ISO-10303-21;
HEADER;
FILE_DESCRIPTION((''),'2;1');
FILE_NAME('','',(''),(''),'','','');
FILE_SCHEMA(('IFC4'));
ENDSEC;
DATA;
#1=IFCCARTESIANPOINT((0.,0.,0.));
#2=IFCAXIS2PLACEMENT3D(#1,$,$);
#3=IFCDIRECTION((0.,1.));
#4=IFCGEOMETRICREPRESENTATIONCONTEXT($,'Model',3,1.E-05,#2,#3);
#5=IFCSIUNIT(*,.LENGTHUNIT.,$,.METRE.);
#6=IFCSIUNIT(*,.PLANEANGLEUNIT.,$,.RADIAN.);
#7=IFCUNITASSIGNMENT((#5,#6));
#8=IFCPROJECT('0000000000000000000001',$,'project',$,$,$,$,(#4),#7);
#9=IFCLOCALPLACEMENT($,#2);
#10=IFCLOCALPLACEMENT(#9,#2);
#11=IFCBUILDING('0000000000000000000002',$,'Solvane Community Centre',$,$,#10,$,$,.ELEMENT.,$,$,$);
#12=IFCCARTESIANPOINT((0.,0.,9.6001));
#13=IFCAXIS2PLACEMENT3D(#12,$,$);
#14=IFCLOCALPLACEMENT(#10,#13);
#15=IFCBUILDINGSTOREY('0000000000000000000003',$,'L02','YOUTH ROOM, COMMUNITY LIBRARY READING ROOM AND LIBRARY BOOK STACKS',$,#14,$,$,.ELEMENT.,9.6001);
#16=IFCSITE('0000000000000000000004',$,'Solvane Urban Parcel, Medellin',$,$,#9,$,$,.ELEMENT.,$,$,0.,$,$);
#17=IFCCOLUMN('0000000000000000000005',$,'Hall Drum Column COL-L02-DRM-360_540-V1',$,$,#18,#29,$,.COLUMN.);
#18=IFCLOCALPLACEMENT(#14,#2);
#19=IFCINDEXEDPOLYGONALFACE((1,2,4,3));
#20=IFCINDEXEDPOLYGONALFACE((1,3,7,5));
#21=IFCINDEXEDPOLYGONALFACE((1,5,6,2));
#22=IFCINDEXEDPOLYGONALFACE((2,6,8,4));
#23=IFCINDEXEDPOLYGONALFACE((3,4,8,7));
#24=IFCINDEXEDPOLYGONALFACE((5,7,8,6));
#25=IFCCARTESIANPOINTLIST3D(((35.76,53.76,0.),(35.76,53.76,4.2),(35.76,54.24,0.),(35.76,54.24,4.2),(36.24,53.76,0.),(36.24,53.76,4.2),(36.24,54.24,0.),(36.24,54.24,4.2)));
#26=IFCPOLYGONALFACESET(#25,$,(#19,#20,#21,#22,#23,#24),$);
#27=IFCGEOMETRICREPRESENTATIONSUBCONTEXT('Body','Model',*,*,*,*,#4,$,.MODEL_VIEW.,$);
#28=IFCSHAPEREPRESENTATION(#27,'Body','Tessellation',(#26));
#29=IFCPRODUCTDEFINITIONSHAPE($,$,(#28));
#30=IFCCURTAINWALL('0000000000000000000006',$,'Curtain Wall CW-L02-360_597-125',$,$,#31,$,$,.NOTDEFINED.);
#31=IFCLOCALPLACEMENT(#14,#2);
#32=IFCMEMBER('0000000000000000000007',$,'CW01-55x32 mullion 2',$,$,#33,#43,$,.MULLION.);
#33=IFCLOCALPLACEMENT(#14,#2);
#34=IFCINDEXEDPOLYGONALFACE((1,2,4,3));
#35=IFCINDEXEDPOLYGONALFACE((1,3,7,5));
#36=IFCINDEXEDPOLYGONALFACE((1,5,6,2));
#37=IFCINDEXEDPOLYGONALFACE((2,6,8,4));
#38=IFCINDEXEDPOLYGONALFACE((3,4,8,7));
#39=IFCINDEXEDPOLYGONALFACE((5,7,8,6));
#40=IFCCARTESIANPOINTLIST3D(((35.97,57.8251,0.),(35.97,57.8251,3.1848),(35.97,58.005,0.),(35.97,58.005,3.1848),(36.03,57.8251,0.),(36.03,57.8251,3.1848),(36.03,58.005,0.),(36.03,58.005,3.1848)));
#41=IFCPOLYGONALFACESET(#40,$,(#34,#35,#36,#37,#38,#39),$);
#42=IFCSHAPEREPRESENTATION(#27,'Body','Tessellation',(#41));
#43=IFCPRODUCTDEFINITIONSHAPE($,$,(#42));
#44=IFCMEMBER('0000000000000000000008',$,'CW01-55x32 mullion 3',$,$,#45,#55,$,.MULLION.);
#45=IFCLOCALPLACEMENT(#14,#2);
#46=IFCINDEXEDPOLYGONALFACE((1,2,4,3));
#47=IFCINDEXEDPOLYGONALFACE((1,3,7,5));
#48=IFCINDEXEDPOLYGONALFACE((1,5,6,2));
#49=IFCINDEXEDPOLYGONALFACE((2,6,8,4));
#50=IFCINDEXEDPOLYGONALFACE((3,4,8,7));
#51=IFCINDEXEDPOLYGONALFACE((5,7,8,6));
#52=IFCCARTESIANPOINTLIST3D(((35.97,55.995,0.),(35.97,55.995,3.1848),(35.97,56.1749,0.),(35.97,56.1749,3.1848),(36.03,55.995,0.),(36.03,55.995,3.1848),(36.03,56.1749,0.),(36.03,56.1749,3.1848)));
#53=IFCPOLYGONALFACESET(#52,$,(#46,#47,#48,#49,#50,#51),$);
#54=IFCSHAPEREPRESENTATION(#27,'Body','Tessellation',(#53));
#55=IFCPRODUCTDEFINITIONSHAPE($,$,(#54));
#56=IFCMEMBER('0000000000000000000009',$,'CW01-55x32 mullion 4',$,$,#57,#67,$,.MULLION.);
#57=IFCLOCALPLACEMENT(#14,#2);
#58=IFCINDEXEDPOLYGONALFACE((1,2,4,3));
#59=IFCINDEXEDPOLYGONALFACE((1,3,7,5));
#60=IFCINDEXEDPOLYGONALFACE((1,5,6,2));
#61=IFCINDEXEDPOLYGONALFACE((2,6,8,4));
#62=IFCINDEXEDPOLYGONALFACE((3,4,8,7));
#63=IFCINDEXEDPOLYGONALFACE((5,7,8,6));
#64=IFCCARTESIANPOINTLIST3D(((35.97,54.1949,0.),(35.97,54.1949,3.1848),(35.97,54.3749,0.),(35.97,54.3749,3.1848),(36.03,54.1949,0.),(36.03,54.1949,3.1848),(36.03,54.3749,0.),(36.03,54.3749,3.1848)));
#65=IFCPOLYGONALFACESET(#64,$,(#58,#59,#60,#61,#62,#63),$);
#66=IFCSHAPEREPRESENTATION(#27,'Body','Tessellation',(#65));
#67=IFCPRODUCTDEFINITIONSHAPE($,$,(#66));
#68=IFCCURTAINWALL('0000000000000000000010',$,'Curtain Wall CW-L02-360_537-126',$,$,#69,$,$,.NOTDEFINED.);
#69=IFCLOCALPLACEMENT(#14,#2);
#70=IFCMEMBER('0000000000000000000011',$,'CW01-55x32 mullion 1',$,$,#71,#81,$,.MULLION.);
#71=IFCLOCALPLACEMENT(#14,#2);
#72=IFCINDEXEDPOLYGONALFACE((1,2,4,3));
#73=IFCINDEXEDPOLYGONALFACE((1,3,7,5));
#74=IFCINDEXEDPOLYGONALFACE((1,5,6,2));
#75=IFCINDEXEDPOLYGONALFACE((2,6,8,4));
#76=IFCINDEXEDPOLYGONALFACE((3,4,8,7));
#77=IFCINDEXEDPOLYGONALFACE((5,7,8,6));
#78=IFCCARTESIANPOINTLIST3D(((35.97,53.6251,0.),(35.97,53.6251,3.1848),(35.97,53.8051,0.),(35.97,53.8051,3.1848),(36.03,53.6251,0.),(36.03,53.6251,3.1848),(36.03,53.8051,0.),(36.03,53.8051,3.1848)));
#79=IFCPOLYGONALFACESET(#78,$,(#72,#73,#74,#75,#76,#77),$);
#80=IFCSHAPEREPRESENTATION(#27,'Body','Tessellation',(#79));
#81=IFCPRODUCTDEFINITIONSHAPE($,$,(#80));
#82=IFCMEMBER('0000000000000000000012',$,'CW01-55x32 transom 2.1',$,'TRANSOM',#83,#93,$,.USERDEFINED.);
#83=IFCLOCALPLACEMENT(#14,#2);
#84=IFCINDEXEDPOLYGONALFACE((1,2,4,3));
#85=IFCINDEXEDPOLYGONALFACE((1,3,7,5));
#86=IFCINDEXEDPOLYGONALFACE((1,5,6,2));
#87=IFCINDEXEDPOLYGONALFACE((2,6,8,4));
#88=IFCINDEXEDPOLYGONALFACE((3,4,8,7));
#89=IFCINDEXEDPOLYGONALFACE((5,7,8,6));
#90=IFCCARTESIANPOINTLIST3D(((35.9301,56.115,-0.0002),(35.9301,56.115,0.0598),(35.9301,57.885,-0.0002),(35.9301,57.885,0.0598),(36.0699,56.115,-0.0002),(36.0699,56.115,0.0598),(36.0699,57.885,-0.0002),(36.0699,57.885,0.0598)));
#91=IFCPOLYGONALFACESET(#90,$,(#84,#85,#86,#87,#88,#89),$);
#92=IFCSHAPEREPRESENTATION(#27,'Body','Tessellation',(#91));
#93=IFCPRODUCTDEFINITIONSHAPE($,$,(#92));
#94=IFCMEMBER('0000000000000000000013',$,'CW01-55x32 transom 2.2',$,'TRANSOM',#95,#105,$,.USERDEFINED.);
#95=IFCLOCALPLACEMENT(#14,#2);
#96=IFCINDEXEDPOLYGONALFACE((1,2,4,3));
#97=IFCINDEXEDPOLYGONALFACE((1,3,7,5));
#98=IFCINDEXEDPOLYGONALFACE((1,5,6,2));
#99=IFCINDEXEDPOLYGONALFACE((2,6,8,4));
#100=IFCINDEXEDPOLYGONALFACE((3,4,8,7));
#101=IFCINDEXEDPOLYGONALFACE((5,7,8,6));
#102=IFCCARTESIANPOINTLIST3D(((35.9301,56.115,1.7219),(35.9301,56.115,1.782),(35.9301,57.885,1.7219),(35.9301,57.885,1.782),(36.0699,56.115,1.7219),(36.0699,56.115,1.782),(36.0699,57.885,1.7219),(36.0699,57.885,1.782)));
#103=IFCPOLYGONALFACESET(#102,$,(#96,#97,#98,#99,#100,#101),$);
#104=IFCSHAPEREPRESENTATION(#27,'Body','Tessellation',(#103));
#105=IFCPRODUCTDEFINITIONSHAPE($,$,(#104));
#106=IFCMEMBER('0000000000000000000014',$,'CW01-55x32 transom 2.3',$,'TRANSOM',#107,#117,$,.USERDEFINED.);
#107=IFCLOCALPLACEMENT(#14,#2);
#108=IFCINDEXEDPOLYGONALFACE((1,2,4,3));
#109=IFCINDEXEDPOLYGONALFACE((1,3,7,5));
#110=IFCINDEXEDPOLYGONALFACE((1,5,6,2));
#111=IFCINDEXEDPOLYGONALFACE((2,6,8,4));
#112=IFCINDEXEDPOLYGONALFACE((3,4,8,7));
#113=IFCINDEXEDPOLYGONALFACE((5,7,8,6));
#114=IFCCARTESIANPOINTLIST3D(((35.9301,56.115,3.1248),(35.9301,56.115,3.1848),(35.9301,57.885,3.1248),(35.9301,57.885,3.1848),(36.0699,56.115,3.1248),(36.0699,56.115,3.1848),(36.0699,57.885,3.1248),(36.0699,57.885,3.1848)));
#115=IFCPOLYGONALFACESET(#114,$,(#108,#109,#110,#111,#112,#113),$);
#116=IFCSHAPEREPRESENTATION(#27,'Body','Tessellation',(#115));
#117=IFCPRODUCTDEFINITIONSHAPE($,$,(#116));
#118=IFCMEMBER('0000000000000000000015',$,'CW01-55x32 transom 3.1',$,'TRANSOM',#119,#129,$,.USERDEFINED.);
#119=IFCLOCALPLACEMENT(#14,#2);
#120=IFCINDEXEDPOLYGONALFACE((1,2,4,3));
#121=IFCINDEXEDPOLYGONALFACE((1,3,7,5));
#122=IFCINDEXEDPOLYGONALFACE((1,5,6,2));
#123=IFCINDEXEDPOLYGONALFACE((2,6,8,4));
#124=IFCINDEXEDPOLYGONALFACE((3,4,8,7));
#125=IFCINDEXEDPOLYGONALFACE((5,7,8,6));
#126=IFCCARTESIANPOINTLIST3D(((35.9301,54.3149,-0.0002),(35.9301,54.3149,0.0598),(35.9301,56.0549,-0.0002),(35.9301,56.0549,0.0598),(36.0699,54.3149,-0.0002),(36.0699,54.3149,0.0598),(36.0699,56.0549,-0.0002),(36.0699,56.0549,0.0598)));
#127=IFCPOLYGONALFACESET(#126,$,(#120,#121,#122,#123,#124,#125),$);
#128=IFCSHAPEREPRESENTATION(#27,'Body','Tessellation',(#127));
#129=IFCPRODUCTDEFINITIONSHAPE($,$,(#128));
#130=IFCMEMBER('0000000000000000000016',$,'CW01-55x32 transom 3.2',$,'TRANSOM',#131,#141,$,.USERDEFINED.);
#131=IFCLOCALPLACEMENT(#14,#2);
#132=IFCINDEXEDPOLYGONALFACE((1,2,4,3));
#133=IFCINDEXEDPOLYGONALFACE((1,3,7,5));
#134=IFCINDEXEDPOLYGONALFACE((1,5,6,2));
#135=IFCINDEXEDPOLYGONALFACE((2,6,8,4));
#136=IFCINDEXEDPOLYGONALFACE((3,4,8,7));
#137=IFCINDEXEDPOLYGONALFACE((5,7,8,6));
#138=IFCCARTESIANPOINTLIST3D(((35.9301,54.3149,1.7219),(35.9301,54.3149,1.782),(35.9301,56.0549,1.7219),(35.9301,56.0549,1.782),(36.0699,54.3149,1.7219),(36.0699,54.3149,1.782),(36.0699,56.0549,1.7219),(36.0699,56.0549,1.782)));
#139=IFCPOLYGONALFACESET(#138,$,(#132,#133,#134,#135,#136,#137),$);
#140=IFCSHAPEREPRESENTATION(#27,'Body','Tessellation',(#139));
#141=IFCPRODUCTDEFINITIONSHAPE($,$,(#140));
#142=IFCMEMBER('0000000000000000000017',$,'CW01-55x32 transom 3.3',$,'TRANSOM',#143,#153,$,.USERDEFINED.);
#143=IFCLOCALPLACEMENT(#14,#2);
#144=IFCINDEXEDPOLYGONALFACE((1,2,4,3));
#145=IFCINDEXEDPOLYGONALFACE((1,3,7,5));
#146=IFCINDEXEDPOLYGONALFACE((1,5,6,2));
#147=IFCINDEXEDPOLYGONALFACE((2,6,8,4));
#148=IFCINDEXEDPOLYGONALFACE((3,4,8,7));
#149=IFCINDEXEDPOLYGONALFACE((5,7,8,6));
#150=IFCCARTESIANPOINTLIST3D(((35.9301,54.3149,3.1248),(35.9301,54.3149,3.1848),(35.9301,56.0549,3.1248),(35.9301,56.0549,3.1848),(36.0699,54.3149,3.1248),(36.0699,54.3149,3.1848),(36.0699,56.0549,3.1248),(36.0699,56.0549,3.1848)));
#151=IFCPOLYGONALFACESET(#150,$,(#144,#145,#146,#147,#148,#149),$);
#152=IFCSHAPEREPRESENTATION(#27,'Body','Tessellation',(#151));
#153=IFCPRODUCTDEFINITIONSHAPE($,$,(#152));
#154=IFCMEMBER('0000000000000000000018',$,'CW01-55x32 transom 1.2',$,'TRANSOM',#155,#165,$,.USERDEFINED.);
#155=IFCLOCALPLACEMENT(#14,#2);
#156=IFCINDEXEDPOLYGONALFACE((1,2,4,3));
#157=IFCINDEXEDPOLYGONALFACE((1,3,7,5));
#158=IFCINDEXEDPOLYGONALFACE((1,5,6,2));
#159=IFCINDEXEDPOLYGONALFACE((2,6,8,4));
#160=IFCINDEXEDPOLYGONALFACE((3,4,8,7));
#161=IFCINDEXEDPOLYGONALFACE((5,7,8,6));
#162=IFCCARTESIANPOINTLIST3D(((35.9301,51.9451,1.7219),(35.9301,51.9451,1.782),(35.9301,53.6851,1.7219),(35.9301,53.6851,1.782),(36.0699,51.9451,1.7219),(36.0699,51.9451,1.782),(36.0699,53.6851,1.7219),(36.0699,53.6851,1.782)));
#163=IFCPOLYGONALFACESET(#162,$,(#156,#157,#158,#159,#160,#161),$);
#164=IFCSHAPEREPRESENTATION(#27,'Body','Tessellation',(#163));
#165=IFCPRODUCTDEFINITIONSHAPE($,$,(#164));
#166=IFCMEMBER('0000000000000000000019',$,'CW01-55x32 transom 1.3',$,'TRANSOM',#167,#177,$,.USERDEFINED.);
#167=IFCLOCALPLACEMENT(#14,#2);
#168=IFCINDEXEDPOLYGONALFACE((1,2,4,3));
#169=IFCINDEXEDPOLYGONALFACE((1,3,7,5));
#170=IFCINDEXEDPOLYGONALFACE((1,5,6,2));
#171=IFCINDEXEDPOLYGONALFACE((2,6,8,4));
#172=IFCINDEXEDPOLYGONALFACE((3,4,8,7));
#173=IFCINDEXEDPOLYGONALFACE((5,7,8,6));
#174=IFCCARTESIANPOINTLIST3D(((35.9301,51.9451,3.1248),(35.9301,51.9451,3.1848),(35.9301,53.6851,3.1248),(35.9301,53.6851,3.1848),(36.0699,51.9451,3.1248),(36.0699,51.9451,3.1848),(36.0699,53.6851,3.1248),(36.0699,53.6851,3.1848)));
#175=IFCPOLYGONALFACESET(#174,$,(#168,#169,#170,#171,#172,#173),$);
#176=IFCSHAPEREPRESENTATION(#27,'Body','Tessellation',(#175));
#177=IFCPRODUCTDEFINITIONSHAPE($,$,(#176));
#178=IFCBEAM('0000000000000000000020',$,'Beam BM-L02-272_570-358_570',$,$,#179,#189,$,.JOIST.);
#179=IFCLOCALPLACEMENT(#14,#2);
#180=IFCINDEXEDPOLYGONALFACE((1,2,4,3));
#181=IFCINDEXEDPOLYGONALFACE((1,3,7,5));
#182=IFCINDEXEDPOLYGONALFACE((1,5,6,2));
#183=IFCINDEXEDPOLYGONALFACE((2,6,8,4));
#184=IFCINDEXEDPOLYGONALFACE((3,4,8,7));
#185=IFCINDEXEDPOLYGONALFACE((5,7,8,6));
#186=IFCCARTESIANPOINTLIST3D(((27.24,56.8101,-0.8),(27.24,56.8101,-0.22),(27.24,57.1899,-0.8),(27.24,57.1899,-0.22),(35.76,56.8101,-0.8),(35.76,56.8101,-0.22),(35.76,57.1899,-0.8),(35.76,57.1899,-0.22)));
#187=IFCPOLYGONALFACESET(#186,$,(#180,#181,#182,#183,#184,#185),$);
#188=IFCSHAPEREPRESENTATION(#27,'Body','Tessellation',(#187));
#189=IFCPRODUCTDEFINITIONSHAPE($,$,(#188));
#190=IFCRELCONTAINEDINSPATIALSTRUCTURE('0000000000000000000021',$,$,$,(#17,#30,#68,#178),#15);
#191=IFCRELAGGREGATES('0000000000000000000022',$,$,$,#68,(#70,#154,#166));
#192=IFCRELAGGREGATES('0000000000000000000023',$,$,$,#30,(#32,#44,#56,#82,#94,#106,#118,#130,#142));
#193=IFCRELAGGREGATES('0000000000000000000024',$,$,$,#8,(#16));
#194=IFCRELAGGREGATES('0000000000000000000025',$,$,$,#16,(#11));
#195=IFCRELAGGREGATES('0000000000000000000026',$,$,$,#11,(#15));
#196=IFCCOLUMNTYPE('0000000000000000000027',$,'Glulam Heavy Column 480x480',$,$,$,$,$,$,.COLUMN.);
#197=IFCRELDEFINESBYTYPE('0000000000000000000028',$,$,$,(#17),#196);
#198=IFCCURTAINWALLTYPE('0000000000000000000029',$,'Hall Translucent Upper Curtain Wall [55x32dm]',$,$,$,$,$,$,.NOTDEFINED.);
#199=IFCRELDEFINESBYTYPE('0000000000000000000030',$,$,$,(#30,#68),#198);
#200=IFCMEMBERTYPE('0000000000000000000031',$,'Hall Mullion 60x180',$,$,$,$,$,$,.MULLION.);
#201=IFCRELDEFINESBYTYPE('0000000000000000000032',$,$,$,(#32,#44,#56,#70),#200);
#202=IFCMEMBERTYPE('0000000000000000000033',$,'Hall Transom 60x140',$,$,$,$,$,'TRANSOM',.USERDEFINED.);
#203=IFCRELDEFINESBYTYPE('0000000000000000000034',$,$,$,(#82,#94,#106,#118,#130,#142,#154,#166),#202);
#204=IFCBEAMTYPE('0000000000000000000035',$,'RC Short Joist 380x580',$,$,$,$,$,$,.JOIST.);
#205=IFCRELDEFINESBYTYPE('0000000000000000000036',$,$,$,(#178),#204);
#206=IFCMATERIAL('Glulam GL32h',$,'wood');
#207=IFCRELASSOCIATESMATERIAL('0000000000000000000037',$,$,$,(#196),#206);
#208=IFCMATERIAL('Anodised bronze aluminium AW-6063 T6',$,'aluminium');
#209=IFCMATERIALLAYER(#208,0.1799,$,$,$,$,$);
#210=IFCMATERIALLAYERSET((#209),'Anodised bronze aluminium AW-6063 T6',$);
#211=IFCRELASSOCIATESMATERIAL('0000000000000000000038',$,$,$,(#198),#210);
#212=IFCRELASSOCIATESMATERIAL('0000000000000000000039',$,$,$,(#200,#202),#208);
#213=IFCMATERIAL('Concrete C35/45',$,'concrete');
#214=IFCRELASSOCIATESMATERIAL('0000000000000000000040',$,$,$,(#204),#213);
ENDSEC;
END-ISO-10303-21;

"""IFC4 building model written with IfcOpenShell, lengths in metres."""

from ifc_helpers import new_model, si_unit, direction, frame, origin, origin_2d, place, context, subcontext, project, spatial, rectangle, extrude, material, layer, layer_set, material_profile, profile_set, type_object, element, aggregate, save


model = new_model("IFC4")

# Units and contexts
model_context = context("Model", 3, precision=1e-05, world=origin(), true_north=direction((0.0, 1.0)))
body_context = subcontext(model_context, "Body", "Model", "MODEL_VIEW")
ifc_project = project(units=[si_unit("LENGTHUNIT", "METRE"), si_unit("PLANEANGLEUNIT", "RADIAN")], contexts=[model_context])

# Site, building, storey
site_placement = place(None, origin())
site = spatial("IfcSite", under=ifc_project, at=site_placement, Name="Solvane Urban Parcel, Medellin", CompositionType="ELEMENT", RefElevation=0.0)
building_placement = place(site_placement, origin())
building = spatial("IfcBuilding", under=site, at=building_placement, Name="Solvane Community Centre", CompositionType="ELEMENT")
storey_placement = place(building_placement, frame((0.0, 0.0, 9.6001)))
storey = spatial("IfcBuildingStorey", under=building, at=storey_placement, Name="L02", Description="YOUTH ROOM, COMMUNITY LIBRARY READING ROOM AND LIBRARY BOOK STACKS", CompositionType="ELEMENT", Elevation=9.6001)

# Column
ifc_material_1 = material(Name="Glulam GL32h", Category="wood")
ifc_material_profile_1 = material_profile(ifc_material_1, rectangle(XDim=0.48, YDim=0.48, at=origin_2d()), Name="GL32h 480x480")
ifc_profile_set_1 = profile_set([ifc_material_profile_1], Name="Glulam GL32h")
column_type = type_object("IfcColumnType", Name="Glulam Heavy Column 480x480", PredefinedType="COLUMN", material=ifc_profile_set_1)
column_placement = place(storey_placement, frame((36.0, 54.0, 0.0), z_axis=(0.0, 0.0, 1.0), x_axis=(1.0, 0.0, 0.0)))
element("IfcColumn", 1, at=column_placement, inside=storey, type_object=column_type, Name="Hall Drum Column COL-L02-DRM-360_540-V1", PredefinedType="COLUMN", context=body_context, shape_type="SweptSolid", body=[
    extrude(rectangle(XDim=0.48, YDim=0.48, at=origin_2d()), origin(), (0.0, 0.0, 1.0), 4.2),
])

# Curtain wall, members
ifc_material_2 = material(Name="Anodised bronze aluminium AW-6063 T6", Category="aluminium")
ifc_layer_1 = layer(ifc_material_2, 0.1799)
ifc_layer_set_1 = layer_set([ifc_layer_1], Name="Anodised bronze aluminium AW-6063 T6")
curtain_wall_type = type_object("IfcCurtainWallType", Name="Hall Translucent Upper Curtain Wall [55x32dm]", PredefinedType="NOTDEFINED", material=ifc_layer_set_1)
curtain_wall_1_placement = place(storey_placement, origin())
curtain_wall_1 = element("IfcCurtainWall", 2, at=curtain_wall_1_placement, inside=storey, type_object=curtain_wall_type, Name="Curtain Wall CW-L02-360_597-125", PredefinedType="NOTDEFINED")
ifc_material_profile_2 = material_profile(ifc_material_2, rectangle(XDim=0.0601, YDim=0.1799, at=origin_2d()), Name="CW-M 60x180")
ifc_profile_set_2 = profile_set([ifc_material_profile_2], Name="Anodised bronze aluminium AW-6063 T6")
member_type_1 = type_object("IfcMemberType", Name="Hall Mullion 60x180", PredefinedType="MULLION", material=ifc_profile_set_2)
member_1_placement = place(storey_placement, frame((36.0, 57.915, 0.0), z_axis=(0.0, 0.0, 1.0), x_axis=(1.0, 0.0, 0.0)))
member_1 = element("IfcMember", 3, at=member_1_placement, type_object=member_type_1, Name="CW01-55x32 mullion 2", PredefinedType="MULLION", context=body_context, shape_type="SweptSolid", body=[
    extrude(rectangle(XDim=0.0601, YDim=0.1799, at=origin_2d()), origin(), (0.0, 0.0, 1.0), 3.1848),
])
member_2_placement = place(storey_placement, frame((36.0, 56.085, 0.0), z_axis=(0.0, 0.0, 1.0), x_axis=(1.0, 0.0, 0.0)))
member_2 = element("IfcMember", 4, at=member_2_placement, type_object=member_type_1, Name="CW01-55x32 mullion 3", PredefinedType="MULLION", context=body_context, shape_type="SweptSolid", body=[
    extrude(rectangle(XDim=0.0601, YDim=0.1799, at=origin_2d()), origin(), (0.0, 0.0, 1.0), 3.1848),
])
member_3_placement = place(storey_placement, frame((36.0, 54.2849, 0.0), z_axis=(0.0, 0.0, 1.0), x_axis=(1.0, 0.0, 0.0)))
member_3 = element("IfcMember", 5, at=member_3_placement, type_object=member_type_1, Name="CW01-55x32 mullion 4", PredefinedType="MULLION", context=body_context, shape_type="SweptSolid", body=[
    extrude(rectangle(XDim=0.0601, YDim=0.1799, at=origin_2d()), origin(), (0.0, 0.0, 1.0), 3.1848),
])

# Curtain wall, member
curtain_wall_2_placement = place(storey_placement, origin())
curtain_wall_2 = element("IfcCurtainWall", 6, at=curtain_wall_2_placement, inside=storey, type_object=curtain_wall_type, Name="Curtain Wall CW-L02-360_537-126", PredefinedType="NOTDEFINED")
member_4_placement = place(storey_placement, frame((36.0, 53.7151, 0.0), z_axis=(0.0, 0.0, 1.0), x_axis=(1.0, 0.0, 0.0)))
member_4 = element("IfcMember", 7, at=member_4_placement, type_object=member_type_1, Name="CW01-55x32 mullion 1", PredefinedType="MULLION", context=body_context, shape_type="SweptSolid", body=[
    extrude(rectangle(XDim=0.0601, YDim=0.1799, at=origin_2d()), origin(), (0.0, 0.0, 1.0), 3.1848),
])

# Members
ifc_material_profile_3 = material_profile(ifc_material_2, rectangle(XDim=0.1399, YDim=0.0601, at=origin_2d()), Name="CW-T 60x140")
ifc_profile_set_3 = profile_set([ifc_material_profile_3], Name="Anodised bronze aluminium AW-6063 T6")
member_type_2 = type_object("IfcMemberType", Name="Hall Transom 60x140", ElementType="TRANSOM", PredefinedType="USERDEFINED", material=ifc_profile_set_3)
member_5_placement = place(storey_placement, frame((36.0, 57.885, 0.0298), z_axis=(0.0, -1.0, 0.0), x_axis=(1.0, 0.0, 0.0)))
member_5 = element("IfcMember", 8, at=member_5_placement, type_object=member_type_2, Name="CW01-55x32 transom 2.1", ObjectType="TRANSOM", PredefinedType="USERDEFINED", context=body_context, shape_type="SweptSolid", body=[
    extrude(rectangle(XDim=0.1399, YDim=0.0601, at=origin_2d()), origin(), (0.0, 0.0, 1.0), 1.77),
])
member_6_placement = place(storey_placement, frame((36.0, 57.885, 1.752), z_axis=(0.0, -1.0, 0.0), x_axis=(1.0, 0.0, 0.0)))
member_6 = element("IfcMember", 9, at=member_6_placement, type_object=member_type_2, Name="CW01-55x32 transom 2.2", ObjectType="TRANSOM", PredefinedType="USERDEFINED", context=body_context, shape_type="SweptSolid", body=[
    extrude(rectangle(XDim=0.1399, YDim=0.0601, at=origin_2d()), origin(), (0.0, 0.0, 1.0), 1.77),
])
member_7_placement = place(storey_placement, frame((36.0, 57.885, 3.1548), z_axis=(0.0, -1.0, 0.0), x_axis=(1.0, 0.0, 0.0)))
member_7 = element("IfcMember", 10, at=member_7_placement, type_object=member_type_2, Name="CW01-55x32 transom 2.3", ObjectType="TRANSOM", PredefinedType="USERDEFINED", context=body_context, shape_type="SweptSolid", body=[
    extrude(rectangle(XDim=0.1399, YDim=0.0601, at=origin_2d()), origin(), (0.0, 0.0, 1.0), 1.77),
])
member_8_placement = place(storey_placement, frame((36.0, 56.0549, 0.0298), z_axis=(0.0, -1.0, 0.0), x_axis=(1.0, 0.0, 0.0)))
member_8 = element("IfcMember", 11, at=member_8_placement, type_object=member_type_2, Name="CW01-55x32 transom 3.1", ObjectType="TRANSOM", PredefinedType="USERDEFINED", context=body_context, shape_type="SweptSolid", body=[
    extrude(rectangle(XDim=0.1399, YDim=0.0601, at=origin_2d()), origin(), (0.0, 0.0, 1.0), 1.74),
])
member_9_placement = place(storey_placement, frame((36.0, 56.0549, 1.752), z_axis=(0.0, -1.0, 0.0), x_axis=(1.0, 0.0, 0.0)))
member_9 = element("IfcMember", 12, at=member_9_placement, type_object=member_type_2, Name="CW01-55x32 transom 3.2", ObjectType="TRANSOM", PredefinedType="USERDEFINED", context=body_context, shape_type="SweptSolid", body=[
    extrude(rectangle(XDim=0.1399, YDim=0.0601, at=origin_2d()), origin(), (0.0, 0.0, 1.0), 1.74),
])
member_10_placement = place(storey_placement, frame((36.0, 56.0549, 3.1548), z_axis=(0.0, -1.0, 0.0), x_axis=(1.0, 0.0, 0.0)))
member_10 = element("IfcMember", 13, at=member_10_placement, type_object=member_type_2, Name="CW01-55x32 transom 3.3", ObjectType="TRANSOM", PredefinedType="USERDEFINED", context=body_context, shape_type="SweptSolid", body=[
    extrude(rectangle(XDim=0.1399, YDim=0.0601, at=origin_2d()), origin(), (0.0, 0.0, 1.0), 1.74),
])
member_11_placement = place(storey_placement, frame((36.0, 53.6851, 1.752), z_axis=(0.0, -1.0, 0.0), x_axis=(1.0, 0.0, 0.0)))
member_11 = element("IfcMember", 14, at=member_11_placement, type_object=member_type_2, Name="CW01-55x32 transom 1.2", ObjectType="TRANSOM", PredefinedType="USERDEFINED", context=body_context, shape_type="SweptSolid", body=[
    extrude(rectangle(XDim=0.1399, YDim=0.0601, at=origin_2d()), origin(), (0.0, 0.0, 1.0), 1.74),
])
member_12_placement = place(storey_placement, frame((36.0, 53.6851, 3.1548), z_axis=(0.0, -1.0, 0.0), x_axis=(1.0, 0.0, 0.0)))
member_12 = element("IfcMember", 15, at=member_12_placement, type_object=member_type_2, Name="CW01-55x32 transom 1.3", ObjectType="TRANSOM", PredefinedType="USERDEFINED", context=body_context, shape_type="SweptSolid", body=[
    extrude(rectangle(XDim=0.1399, YDim=0.0601, at=origin_2d()), origin(), (0.0, 0.0, 1.0), 1.74),
])
aggregate(curtain_wall_2, [member_4, member_11, member_12])

# Beam
ifc_material_3 = material(Name="Concrete C35/45", Category="concrete")
ifc_material_profile_4 = material_profile(ifc_material_3, rectangle(XDim=0.3799, YDim=0.5801, at=origin_2d()), Name="RC 380x580")
ifc_profile_set_4 = profile_set([ifc_material_profile_4], Name="Concrete C35/45")
beam_type_1 = type_object("IfcBeamType", Name="RC Short Joist 380x580", PredefinedType="JOIST", material=ifc_profile_set_4)
for number, where, z_axis, x_axis, name in (
    (16, (27.24, 57.0, -0.51), (1.0, 0.0, 0.0), (0.0, 1.0, 0.0), "Beam BM-L02-272_570-358_570"),
):
    element("IfcBeam", number, at=place(storey_placement, frame(where, z_axis=z_axis, x_axis=x_axis)), inside=storey, type_object=beam_type_1, Name=name, PredefinedType="JOIST", context=body_context, shape_type="SweptSolid", body=[
        extrude(rectangle(XDim=0.3799, YDim=0.5801, at=origin_2d()), origin(), (0.0, 0.0, 1.0), 8.52),
    ])

aggregate(curtain_wall_1, [member_1, member_2, member_3, member_5, member_6, member_7, member_8, member_9, member_10])

save(model, "model.ifc")
